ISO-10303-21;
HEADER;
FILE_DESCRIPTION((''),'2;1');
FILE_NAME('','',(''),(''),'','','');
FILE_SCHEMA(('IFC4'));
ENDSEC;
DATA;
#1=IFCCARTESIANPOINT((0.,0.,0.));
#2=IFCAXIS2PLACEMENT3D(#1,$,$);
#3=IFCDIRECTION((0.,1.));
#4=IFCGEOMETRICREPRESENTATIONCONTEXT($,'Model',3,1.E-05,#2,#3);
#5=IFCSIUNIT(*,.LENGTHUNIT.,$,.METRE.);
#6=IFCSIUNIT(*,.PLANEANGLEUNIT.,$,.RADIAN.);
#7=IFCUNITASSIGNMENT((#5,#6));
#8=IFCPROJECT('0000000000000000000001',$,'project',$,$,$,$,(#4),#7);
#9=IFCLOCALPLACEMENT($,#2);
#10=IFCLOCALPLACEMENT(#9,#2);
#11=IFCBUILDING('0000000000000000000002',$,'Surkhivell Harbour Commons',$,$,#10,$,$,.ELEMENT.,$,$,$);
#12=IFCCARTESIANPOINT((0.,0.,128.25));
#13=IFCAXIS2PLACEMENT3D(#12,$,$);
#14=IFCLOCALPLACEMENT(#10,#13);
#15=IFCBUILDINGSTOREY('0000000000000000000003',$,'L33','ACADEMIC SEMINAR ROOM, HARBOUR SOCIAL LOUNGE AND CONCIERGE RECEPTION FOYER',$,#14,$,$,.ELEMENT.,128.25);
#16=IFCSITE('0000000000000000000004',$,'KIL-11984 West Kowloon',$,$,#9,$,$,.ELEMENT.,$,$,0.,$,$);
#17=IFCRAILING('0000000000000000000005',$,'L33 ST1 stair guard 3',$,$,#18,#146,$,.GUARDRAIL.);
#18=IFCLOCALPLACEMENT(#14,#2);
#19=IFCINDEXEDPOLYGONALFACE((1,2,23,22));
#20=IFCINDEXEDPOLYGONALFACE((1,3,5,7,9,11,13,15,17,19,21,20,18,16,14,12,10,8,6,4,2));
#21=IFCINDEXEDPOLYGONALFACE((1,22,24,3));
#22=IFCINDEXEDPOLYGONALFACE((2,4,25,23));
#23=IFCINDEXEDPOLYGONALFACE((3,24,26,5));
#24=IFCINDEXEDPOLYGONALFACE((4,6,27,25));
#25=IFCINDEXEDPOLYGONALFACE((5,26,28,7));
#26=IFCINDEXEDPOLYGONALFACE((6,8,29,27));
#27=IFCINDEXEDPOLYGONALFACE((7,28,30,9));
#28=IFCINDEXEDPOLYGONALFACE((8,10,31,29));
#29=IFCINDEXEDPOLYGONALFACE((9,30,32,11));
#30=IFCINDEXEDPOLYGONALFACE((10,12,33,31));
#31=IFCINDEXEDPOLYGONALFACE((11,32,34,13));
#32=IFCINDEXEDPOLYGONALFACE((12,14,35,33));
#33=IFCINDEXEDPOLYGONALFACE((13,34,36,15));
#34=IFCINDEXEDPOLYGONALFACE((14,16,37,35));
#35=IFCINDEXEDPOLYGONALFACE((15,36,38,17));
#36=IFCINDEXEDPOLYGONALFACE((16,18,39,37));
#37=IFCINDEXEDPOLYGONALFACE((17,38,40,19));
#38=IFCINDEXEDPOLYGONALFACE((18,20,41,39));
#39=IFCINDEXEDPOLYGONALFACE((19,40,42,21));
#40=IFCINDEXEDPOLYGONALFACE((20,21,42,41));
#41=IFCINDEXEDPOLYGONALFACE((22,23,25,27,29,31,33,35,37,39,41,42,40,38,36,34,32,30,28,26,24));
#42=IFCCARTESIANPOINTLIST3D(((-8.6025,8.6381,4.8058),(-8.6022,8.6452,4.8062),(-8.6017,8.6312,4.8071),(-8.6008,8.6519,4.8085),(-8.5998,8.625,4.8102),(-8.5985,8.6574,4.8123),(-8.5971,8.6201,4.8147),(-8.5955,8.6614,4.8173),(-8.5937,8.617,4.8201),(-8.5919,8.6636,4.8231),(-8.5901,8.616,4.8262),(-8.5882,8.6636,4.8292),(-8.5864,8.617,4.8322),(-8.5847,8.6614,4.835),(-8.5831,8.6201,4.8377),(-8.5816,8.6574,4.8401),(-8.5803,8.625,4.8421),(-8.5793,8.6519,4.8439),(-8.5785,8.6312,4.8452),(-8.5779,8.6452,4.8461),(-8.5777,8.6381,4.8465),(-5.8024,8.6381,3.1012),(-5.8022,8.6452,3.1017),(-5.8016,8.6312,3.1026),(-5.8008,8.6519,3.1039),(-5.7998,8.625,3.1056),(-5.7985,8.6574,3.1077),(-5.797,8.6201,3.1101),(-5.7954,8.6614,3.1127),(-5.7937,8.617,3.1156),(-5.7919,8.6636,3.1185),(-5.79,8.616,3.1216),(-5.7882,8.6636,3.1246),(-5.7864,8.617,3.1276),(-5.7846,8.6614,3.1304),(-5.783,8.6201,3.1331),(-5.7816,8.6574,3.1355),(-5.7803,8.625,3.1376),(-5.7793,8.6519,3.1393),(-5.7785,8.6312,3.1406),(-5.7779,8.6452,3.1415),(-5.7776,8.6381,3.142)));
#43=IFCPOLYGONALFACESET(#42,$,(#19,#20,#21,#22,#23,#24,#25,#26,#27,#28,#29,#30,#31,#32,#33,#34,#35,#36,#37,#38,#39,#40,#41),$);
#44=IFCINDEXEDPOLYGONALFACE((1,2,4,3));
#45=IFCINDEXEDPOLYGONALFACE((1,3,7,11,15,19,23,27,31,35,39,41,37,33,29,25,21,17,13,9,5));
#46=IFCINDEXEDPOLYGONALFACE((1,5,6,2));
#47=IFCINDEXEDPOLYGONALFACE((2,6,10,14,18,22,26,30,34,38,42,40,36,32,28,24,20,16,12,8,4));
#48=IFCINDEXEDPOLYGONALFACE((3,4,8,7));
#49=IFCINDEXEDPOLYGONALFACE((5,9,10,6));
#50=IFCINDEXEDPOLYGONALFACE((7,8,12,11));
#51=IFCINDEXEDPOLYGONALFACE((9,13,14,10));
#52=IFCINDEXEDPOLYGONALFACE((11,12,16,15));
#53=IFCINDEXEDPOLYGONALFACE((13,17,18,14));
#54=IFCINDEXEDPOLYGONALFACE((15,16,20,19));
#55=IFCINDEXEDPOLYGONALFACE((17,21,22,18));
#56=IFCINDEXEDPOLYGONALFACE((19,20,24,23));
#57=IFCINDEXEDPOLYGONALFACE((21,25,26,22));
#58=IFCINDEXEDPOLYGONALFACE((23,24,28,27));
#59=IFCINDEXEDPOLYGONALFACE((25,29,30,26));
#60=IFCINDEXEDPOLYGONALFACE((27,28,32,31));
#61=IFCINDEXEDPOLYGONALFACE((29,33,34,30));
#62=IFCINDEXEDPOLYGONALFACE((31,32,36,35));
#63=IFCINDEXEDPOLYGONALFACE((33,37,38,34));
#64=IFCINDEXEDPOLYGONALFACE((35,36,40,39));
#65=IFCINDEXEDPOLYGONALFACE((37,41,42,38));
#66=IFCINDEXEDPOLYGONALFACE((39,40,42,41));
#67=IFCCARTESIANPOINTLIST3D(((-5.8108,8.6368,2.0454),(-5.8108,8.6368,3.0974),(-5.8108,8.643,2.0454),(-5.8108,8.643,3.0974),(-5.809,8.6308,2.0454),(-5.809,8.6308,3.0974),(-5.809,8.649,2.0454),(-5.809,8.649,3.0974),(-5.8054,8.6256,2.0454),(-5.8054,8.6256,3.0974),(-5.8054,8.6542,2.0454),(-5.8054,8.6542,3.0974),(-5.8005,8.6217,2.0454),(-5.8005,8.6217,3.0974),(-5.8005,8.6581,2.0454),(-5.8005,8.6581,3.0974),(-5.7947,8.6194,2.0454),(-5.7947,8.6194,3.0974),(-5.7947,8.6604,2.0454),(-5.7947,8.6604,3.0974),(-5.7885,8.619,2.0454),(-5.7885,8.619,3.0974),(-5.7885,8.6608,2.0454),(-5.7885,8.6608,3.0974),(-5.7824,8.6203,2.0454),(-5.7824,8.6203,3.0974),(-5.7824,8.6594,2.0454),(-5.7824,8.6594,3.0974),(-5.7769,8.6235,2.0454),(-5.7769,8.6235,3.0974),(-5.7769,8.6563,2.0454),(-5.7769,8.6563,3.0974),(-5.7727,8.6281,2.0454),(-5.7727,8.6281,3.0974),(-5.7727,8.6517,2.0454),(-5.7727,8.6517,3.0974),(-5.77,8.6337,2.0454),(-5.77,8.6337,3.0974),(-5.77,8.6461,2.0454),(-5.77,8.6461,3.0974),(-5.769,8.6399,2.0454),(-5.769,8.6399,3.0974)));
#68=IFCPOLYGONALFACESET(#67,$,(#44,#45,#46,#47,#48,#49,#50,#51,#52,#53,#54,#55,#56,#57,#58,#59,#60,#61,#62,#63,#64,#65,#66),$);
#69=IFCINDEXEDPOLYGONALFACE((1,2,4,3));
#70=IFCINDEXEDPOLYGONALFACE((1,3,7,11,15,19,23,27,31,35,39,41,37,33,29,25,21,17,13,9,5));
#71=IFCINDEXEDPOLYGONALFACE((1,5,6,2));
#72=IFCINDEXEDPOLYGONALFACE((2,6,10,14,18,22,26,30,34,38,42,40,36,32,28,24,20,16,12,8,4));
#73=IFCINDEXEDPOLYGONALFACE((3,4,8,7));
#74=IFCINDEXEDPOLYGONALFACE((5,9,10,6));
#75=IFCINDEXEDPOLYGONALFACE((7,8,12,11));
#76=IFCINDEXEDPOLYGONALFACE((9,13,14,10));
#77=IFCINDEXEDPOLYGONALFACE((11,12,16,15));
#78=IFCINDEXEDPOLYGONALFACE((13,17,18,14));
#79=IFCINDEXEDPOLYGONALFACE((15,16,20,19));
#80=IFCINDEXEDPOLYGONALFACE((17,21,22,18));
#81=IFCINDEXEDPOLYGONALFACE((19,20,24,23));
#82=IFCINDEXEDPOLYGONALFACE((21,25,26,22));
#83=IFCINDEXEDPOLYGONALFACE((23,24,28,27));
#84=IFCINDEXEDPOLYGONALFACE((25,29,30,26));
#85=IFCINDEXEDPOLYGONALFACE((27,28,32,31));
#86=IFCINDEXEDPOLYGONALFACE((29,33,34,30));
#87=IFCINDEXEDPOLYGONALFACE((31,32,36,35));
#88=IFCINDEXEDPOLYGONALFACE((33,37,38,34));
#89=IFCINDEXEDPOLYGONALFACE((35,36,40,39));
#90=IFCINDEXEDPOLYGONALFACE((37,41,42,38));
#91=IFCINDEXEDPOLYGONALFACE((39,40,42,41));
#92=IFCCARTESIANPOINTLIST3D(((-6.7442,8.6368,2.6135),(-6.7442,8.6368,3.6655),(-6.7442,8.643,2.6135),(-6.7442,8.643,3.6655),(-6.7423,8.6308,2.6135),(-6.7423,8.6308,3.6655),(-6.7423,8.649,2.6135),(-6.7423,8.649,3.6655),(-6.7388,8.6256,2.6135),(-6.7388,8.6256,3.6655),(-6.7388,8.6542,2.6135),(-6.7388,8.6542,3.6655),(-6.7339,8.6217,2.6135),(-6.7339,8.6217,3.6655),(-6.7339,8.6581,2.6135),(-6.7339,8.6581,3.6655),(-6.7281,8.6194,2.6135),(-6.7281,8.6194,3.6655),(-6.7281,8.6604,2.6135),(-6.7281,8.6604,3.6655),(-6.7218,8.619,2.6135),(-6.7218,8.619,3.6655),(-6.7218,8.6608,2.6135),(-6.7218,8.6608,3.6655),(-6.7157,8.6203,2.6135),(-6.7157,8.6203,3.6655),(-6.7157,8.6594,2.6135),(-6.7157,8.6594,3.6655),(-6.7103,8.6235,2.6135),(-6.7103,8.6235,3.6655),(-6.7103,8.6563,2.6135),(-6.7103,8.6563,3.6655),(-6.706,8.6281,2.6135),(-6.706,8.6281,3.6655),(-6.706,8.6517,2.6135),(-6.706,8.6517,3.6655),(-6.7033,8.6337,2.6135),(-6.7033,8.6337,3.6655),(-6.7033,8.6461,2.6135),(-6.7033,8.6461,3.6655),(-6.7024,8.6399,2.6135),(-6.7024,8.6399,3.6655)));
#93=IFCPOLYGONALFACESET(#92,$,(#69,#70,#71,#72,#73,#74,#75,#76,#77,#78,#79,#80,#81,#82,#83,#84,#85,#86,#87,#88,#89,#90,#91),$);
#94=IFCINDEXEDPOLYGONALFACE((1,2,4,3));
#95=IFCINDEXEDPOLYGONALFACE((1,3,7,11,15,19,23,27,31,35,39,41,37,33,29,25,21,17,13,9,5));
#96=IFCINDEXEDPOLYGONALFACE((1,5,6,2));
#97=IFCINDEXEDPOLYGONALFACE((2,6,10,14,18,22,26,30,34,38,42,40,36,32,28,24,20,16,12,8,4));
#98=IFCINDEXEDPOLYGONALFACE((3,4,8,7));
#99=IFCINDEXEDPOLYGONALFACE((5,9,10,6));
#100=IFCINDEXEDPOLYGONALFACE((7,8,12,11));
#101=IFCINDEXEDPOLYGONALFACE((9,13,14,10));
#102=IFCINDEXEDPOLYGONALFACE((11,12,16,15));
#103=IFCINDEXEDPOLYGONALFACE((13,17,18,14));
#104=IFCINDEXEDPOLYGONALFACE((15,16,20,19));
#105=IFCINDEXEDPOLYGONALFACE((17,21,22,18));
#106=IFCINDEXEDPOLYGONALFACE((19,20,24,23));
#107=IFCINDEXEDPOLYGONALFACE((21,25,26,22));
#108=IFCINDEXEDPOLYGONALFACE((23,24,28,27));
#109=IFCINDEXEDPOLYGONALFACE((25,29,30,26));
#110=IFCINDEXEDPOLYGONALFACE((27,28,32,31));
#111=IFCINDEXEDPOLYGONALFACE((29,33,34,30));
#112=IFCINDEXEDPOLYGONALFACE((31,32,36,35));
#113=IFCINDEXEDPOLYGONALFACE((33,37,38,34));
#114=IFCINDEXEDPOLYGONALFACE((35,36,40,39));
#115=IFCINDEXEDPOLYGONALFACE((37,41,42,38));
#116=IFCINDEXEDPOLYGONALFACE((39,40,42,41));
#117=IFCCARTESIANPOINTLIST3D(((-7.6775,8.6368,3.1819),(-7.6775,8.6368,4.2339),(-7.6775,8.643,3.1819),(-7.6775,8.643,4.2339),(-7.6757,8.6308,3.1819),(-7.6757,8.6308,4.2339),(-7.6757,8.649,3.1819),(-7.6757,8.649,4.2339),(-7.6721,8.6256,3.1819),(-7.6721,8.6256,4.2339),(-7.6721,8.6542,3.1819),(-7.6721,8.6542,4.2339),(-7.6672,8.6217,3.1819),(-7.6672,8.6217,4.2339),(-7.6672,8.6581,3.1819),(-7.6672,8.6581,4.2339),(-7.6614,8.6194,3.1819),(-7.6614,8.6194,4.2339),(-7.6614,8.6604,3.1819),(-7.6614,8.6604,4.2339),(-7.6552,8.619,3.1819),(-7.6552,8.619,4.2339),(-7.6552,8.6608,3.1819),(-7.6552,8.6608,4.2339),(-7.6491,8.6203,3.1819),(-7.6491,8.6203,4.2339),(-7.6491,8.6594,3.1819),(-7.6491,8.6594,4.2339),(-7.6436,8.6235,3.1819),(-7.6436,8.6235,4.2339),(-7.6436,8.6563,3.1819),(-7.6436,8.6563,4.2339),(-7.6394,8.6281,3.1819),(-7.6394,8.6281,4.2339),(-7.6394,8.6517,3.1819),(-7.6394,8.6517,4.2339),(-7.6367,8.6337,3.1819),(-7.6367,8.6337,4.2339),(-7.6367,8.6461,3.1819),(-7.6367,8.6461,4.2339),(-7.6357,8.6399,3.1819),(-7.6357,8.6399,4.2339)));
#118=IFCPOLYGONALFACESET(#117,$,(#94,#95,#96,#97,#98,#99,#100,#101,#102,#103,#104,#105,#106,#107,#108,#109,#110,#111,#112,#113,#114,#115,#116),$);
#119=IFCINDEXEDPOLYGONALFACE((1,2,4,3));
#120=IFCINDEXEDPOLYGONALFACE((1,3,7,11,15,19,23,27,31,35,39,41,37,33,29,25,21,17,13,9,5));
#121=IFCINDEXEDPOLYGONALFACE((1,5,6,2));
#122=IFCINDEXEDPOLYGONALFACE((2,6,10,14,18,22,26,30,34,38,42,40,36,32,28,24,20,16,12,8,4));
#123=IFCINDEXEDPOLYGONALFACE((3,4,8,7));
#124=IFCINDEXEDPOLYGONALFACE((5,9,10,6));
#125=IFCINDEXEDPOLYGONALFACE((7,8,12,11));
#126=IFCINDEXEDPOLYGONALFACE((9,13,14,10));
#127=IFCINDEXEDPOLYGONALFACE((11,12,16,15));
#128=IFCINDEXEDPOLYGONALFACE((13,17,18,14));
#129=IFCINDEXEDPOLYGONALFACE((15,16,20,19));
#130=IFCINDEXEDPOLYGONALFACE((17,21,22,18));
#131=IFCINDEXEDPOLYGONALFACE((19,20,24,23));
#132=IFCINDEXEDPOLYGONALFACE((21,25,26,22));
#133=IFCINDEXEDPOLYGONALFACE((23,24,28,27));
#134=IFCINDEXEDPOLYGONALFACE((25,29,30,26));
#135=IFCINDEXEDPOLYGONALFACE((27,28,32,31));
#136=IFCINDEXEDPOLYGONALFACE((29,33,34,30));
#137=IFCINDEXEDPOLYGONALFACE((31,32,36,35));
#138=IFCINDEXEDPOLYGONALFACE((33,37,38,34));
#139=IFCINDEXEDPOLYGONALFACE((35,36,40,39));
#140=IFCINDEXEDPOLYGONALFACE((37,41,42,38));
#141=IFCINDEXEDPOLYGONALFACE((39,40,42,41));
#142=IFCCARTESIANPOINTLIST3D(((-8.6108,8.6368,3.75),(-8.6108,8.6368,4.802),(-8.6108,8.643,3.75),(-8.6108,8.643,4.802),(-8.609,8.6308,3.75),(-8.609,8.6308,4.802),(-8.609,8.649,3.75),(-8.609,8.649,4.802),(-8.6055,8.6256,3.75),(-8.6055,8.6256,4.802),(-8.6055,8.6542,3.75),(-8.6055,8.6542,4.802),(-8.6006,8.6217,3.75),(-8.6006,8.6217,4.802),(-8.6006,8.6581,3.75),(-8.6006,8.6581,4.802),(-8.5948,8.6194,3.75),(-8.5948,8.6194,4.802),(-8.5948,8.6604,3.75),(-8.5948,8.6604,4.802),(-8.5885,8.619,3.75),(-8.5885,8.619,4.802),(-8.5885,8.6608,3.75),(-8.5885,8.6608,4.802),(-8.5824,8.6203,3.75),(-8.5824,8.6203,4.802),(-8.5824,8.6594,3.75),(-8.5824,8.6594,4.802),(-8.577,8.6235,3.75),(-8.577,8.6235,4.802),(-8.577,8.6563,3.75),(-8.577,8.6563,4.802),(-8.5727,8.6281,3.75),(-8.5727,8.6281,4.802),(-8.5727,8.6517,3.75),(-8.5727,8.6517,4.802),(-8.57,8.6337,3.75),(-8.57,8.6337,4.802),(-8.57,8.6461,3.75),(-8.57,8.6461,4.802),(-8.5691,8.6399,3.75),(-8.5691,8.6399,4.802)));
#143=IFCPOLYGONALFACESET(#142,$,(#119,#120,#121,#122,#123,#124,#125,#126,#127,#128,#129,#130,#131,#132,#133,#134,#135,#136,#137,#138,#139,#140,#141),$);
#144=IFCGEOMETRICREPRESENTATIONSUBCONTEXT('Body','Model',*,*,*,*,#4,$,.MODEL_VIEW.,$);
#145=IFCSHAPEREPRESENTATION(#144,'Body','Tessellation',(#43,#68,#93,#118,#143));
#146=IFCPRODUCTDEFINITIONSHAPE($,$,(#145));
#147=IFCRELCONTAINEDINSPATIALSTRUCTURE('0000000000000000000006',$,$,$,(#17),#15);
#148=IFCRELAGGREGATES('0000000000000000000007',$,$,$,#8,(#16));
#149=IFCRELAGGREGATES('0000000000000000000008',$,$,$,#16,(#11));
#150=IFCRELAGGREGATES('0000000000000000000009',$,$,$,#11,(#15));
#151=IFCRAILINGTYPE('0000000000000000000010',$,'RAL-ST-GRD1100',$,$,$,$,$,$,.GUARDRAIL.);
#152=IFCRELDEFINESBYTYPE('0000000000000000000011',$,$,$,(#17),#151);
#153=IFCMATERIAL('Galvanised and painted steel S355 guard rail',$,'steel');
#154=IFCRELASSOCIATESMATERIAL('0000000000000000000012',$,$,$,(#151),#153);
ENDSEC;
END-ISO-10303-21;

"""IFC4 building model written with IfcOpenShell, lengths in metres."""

from ifc_helpers import new_model, si_unit, direction, frame, origin, origin_2d, place, context, subcontext, project, spatial, circle, extrude, material, type_object, element, save


model = new_model("IFC4")

# Units and contexts
model_context = context("Model", 3, precision=1e-05, world=origin(), true_north=direction((0.0, 1.0)))
body_context = subcontext(model_context, "Body", "Model", "MODEL_VIEW")
ifc_project = project(units=[si_unit("LENGTHUNIT", "METRE"), si_unit("PLANEANGLEUNIT", "RADIAN")], contexts=[model_context])

# Site, building, storey
site_placement = place(None, origin())
site = spatial("IfcSite", under=ifc_project, at=site_placement, Name="KIL-11984 West Kowloon", CompositionType="ELEMENT", RefElevation=0.0)
building_placement = place(site_placement, origin())
building = spatial("IfcBuilding", under=site, at=building_placement, Name="Surkhivell Harbour Commons", CompositionType="ELEMENT")
storey_placement = place(building_placement, frame((0.0, 0.0, 128.25)))
storey = spatial("IfcBuildingStorey", under=building, at=storey_placement, Name="L33", Description="ACADEMIC SEMINAR ROOM, HARBOUR SOCIAL LOUNGE AND CONCIERGE RECEPTION FOYER", CompositionType="ELEMENT", Elevation=128.25)

# Railing
ifc_material_1 = material(Name="Galvanised and painted steel S355 guard rail", Category="steel")
railing_type_1 = type_object("IfcRailingType", Name="RAL-ST-GRD1100", PredefinedType="GUARDRAIL", material=ifc_material_1)
railing_1_placement = place(storey_placement, frame((-5.79, 8.6399, 2.0454)))
element("IfcRailing", 1, at=railing_1_placement, inside=storey, type_object=railing_type_1, Name="L33 ST1 stair guard 3", PredefinedType="GUARDRAIL", context=body_context, shape_type="SweptSolid", body=[
    extrude(circle(Radius=0.0239, at=origin_2d()), frame((0.0, 0.0, 1.0762), z_axis=(-0.85417, 0.0, 0.519994), x_axis=(0.0, -1.0, 0.0)), (0.0, 0.0, 1.0), 3.2781),
    extrude(circle(Radius=0.021, at=origin_2d()), origin(), (0.0, 0.0, 1.0), 1.052),
    extrude(circle(Radius=0.021, at=origin_2d()), frame((-0.9333, 0.0, 0.5681)), (0.0, 0.0, 1.0), 1.052),
    extrude(circle(Radius=0.021, at=origin_2d()), frame((-1.8667, 0.0, 1.1365)), (0.0, 0.0, 1.0), 1.052),
    extrude(circle(Radius=0.021, at=origin_2d()), frame((-2.8, 0.0, 1.7046)), (0.0, 0.0, 1.0), 1.052),
])

save(model, "model.ifc")
